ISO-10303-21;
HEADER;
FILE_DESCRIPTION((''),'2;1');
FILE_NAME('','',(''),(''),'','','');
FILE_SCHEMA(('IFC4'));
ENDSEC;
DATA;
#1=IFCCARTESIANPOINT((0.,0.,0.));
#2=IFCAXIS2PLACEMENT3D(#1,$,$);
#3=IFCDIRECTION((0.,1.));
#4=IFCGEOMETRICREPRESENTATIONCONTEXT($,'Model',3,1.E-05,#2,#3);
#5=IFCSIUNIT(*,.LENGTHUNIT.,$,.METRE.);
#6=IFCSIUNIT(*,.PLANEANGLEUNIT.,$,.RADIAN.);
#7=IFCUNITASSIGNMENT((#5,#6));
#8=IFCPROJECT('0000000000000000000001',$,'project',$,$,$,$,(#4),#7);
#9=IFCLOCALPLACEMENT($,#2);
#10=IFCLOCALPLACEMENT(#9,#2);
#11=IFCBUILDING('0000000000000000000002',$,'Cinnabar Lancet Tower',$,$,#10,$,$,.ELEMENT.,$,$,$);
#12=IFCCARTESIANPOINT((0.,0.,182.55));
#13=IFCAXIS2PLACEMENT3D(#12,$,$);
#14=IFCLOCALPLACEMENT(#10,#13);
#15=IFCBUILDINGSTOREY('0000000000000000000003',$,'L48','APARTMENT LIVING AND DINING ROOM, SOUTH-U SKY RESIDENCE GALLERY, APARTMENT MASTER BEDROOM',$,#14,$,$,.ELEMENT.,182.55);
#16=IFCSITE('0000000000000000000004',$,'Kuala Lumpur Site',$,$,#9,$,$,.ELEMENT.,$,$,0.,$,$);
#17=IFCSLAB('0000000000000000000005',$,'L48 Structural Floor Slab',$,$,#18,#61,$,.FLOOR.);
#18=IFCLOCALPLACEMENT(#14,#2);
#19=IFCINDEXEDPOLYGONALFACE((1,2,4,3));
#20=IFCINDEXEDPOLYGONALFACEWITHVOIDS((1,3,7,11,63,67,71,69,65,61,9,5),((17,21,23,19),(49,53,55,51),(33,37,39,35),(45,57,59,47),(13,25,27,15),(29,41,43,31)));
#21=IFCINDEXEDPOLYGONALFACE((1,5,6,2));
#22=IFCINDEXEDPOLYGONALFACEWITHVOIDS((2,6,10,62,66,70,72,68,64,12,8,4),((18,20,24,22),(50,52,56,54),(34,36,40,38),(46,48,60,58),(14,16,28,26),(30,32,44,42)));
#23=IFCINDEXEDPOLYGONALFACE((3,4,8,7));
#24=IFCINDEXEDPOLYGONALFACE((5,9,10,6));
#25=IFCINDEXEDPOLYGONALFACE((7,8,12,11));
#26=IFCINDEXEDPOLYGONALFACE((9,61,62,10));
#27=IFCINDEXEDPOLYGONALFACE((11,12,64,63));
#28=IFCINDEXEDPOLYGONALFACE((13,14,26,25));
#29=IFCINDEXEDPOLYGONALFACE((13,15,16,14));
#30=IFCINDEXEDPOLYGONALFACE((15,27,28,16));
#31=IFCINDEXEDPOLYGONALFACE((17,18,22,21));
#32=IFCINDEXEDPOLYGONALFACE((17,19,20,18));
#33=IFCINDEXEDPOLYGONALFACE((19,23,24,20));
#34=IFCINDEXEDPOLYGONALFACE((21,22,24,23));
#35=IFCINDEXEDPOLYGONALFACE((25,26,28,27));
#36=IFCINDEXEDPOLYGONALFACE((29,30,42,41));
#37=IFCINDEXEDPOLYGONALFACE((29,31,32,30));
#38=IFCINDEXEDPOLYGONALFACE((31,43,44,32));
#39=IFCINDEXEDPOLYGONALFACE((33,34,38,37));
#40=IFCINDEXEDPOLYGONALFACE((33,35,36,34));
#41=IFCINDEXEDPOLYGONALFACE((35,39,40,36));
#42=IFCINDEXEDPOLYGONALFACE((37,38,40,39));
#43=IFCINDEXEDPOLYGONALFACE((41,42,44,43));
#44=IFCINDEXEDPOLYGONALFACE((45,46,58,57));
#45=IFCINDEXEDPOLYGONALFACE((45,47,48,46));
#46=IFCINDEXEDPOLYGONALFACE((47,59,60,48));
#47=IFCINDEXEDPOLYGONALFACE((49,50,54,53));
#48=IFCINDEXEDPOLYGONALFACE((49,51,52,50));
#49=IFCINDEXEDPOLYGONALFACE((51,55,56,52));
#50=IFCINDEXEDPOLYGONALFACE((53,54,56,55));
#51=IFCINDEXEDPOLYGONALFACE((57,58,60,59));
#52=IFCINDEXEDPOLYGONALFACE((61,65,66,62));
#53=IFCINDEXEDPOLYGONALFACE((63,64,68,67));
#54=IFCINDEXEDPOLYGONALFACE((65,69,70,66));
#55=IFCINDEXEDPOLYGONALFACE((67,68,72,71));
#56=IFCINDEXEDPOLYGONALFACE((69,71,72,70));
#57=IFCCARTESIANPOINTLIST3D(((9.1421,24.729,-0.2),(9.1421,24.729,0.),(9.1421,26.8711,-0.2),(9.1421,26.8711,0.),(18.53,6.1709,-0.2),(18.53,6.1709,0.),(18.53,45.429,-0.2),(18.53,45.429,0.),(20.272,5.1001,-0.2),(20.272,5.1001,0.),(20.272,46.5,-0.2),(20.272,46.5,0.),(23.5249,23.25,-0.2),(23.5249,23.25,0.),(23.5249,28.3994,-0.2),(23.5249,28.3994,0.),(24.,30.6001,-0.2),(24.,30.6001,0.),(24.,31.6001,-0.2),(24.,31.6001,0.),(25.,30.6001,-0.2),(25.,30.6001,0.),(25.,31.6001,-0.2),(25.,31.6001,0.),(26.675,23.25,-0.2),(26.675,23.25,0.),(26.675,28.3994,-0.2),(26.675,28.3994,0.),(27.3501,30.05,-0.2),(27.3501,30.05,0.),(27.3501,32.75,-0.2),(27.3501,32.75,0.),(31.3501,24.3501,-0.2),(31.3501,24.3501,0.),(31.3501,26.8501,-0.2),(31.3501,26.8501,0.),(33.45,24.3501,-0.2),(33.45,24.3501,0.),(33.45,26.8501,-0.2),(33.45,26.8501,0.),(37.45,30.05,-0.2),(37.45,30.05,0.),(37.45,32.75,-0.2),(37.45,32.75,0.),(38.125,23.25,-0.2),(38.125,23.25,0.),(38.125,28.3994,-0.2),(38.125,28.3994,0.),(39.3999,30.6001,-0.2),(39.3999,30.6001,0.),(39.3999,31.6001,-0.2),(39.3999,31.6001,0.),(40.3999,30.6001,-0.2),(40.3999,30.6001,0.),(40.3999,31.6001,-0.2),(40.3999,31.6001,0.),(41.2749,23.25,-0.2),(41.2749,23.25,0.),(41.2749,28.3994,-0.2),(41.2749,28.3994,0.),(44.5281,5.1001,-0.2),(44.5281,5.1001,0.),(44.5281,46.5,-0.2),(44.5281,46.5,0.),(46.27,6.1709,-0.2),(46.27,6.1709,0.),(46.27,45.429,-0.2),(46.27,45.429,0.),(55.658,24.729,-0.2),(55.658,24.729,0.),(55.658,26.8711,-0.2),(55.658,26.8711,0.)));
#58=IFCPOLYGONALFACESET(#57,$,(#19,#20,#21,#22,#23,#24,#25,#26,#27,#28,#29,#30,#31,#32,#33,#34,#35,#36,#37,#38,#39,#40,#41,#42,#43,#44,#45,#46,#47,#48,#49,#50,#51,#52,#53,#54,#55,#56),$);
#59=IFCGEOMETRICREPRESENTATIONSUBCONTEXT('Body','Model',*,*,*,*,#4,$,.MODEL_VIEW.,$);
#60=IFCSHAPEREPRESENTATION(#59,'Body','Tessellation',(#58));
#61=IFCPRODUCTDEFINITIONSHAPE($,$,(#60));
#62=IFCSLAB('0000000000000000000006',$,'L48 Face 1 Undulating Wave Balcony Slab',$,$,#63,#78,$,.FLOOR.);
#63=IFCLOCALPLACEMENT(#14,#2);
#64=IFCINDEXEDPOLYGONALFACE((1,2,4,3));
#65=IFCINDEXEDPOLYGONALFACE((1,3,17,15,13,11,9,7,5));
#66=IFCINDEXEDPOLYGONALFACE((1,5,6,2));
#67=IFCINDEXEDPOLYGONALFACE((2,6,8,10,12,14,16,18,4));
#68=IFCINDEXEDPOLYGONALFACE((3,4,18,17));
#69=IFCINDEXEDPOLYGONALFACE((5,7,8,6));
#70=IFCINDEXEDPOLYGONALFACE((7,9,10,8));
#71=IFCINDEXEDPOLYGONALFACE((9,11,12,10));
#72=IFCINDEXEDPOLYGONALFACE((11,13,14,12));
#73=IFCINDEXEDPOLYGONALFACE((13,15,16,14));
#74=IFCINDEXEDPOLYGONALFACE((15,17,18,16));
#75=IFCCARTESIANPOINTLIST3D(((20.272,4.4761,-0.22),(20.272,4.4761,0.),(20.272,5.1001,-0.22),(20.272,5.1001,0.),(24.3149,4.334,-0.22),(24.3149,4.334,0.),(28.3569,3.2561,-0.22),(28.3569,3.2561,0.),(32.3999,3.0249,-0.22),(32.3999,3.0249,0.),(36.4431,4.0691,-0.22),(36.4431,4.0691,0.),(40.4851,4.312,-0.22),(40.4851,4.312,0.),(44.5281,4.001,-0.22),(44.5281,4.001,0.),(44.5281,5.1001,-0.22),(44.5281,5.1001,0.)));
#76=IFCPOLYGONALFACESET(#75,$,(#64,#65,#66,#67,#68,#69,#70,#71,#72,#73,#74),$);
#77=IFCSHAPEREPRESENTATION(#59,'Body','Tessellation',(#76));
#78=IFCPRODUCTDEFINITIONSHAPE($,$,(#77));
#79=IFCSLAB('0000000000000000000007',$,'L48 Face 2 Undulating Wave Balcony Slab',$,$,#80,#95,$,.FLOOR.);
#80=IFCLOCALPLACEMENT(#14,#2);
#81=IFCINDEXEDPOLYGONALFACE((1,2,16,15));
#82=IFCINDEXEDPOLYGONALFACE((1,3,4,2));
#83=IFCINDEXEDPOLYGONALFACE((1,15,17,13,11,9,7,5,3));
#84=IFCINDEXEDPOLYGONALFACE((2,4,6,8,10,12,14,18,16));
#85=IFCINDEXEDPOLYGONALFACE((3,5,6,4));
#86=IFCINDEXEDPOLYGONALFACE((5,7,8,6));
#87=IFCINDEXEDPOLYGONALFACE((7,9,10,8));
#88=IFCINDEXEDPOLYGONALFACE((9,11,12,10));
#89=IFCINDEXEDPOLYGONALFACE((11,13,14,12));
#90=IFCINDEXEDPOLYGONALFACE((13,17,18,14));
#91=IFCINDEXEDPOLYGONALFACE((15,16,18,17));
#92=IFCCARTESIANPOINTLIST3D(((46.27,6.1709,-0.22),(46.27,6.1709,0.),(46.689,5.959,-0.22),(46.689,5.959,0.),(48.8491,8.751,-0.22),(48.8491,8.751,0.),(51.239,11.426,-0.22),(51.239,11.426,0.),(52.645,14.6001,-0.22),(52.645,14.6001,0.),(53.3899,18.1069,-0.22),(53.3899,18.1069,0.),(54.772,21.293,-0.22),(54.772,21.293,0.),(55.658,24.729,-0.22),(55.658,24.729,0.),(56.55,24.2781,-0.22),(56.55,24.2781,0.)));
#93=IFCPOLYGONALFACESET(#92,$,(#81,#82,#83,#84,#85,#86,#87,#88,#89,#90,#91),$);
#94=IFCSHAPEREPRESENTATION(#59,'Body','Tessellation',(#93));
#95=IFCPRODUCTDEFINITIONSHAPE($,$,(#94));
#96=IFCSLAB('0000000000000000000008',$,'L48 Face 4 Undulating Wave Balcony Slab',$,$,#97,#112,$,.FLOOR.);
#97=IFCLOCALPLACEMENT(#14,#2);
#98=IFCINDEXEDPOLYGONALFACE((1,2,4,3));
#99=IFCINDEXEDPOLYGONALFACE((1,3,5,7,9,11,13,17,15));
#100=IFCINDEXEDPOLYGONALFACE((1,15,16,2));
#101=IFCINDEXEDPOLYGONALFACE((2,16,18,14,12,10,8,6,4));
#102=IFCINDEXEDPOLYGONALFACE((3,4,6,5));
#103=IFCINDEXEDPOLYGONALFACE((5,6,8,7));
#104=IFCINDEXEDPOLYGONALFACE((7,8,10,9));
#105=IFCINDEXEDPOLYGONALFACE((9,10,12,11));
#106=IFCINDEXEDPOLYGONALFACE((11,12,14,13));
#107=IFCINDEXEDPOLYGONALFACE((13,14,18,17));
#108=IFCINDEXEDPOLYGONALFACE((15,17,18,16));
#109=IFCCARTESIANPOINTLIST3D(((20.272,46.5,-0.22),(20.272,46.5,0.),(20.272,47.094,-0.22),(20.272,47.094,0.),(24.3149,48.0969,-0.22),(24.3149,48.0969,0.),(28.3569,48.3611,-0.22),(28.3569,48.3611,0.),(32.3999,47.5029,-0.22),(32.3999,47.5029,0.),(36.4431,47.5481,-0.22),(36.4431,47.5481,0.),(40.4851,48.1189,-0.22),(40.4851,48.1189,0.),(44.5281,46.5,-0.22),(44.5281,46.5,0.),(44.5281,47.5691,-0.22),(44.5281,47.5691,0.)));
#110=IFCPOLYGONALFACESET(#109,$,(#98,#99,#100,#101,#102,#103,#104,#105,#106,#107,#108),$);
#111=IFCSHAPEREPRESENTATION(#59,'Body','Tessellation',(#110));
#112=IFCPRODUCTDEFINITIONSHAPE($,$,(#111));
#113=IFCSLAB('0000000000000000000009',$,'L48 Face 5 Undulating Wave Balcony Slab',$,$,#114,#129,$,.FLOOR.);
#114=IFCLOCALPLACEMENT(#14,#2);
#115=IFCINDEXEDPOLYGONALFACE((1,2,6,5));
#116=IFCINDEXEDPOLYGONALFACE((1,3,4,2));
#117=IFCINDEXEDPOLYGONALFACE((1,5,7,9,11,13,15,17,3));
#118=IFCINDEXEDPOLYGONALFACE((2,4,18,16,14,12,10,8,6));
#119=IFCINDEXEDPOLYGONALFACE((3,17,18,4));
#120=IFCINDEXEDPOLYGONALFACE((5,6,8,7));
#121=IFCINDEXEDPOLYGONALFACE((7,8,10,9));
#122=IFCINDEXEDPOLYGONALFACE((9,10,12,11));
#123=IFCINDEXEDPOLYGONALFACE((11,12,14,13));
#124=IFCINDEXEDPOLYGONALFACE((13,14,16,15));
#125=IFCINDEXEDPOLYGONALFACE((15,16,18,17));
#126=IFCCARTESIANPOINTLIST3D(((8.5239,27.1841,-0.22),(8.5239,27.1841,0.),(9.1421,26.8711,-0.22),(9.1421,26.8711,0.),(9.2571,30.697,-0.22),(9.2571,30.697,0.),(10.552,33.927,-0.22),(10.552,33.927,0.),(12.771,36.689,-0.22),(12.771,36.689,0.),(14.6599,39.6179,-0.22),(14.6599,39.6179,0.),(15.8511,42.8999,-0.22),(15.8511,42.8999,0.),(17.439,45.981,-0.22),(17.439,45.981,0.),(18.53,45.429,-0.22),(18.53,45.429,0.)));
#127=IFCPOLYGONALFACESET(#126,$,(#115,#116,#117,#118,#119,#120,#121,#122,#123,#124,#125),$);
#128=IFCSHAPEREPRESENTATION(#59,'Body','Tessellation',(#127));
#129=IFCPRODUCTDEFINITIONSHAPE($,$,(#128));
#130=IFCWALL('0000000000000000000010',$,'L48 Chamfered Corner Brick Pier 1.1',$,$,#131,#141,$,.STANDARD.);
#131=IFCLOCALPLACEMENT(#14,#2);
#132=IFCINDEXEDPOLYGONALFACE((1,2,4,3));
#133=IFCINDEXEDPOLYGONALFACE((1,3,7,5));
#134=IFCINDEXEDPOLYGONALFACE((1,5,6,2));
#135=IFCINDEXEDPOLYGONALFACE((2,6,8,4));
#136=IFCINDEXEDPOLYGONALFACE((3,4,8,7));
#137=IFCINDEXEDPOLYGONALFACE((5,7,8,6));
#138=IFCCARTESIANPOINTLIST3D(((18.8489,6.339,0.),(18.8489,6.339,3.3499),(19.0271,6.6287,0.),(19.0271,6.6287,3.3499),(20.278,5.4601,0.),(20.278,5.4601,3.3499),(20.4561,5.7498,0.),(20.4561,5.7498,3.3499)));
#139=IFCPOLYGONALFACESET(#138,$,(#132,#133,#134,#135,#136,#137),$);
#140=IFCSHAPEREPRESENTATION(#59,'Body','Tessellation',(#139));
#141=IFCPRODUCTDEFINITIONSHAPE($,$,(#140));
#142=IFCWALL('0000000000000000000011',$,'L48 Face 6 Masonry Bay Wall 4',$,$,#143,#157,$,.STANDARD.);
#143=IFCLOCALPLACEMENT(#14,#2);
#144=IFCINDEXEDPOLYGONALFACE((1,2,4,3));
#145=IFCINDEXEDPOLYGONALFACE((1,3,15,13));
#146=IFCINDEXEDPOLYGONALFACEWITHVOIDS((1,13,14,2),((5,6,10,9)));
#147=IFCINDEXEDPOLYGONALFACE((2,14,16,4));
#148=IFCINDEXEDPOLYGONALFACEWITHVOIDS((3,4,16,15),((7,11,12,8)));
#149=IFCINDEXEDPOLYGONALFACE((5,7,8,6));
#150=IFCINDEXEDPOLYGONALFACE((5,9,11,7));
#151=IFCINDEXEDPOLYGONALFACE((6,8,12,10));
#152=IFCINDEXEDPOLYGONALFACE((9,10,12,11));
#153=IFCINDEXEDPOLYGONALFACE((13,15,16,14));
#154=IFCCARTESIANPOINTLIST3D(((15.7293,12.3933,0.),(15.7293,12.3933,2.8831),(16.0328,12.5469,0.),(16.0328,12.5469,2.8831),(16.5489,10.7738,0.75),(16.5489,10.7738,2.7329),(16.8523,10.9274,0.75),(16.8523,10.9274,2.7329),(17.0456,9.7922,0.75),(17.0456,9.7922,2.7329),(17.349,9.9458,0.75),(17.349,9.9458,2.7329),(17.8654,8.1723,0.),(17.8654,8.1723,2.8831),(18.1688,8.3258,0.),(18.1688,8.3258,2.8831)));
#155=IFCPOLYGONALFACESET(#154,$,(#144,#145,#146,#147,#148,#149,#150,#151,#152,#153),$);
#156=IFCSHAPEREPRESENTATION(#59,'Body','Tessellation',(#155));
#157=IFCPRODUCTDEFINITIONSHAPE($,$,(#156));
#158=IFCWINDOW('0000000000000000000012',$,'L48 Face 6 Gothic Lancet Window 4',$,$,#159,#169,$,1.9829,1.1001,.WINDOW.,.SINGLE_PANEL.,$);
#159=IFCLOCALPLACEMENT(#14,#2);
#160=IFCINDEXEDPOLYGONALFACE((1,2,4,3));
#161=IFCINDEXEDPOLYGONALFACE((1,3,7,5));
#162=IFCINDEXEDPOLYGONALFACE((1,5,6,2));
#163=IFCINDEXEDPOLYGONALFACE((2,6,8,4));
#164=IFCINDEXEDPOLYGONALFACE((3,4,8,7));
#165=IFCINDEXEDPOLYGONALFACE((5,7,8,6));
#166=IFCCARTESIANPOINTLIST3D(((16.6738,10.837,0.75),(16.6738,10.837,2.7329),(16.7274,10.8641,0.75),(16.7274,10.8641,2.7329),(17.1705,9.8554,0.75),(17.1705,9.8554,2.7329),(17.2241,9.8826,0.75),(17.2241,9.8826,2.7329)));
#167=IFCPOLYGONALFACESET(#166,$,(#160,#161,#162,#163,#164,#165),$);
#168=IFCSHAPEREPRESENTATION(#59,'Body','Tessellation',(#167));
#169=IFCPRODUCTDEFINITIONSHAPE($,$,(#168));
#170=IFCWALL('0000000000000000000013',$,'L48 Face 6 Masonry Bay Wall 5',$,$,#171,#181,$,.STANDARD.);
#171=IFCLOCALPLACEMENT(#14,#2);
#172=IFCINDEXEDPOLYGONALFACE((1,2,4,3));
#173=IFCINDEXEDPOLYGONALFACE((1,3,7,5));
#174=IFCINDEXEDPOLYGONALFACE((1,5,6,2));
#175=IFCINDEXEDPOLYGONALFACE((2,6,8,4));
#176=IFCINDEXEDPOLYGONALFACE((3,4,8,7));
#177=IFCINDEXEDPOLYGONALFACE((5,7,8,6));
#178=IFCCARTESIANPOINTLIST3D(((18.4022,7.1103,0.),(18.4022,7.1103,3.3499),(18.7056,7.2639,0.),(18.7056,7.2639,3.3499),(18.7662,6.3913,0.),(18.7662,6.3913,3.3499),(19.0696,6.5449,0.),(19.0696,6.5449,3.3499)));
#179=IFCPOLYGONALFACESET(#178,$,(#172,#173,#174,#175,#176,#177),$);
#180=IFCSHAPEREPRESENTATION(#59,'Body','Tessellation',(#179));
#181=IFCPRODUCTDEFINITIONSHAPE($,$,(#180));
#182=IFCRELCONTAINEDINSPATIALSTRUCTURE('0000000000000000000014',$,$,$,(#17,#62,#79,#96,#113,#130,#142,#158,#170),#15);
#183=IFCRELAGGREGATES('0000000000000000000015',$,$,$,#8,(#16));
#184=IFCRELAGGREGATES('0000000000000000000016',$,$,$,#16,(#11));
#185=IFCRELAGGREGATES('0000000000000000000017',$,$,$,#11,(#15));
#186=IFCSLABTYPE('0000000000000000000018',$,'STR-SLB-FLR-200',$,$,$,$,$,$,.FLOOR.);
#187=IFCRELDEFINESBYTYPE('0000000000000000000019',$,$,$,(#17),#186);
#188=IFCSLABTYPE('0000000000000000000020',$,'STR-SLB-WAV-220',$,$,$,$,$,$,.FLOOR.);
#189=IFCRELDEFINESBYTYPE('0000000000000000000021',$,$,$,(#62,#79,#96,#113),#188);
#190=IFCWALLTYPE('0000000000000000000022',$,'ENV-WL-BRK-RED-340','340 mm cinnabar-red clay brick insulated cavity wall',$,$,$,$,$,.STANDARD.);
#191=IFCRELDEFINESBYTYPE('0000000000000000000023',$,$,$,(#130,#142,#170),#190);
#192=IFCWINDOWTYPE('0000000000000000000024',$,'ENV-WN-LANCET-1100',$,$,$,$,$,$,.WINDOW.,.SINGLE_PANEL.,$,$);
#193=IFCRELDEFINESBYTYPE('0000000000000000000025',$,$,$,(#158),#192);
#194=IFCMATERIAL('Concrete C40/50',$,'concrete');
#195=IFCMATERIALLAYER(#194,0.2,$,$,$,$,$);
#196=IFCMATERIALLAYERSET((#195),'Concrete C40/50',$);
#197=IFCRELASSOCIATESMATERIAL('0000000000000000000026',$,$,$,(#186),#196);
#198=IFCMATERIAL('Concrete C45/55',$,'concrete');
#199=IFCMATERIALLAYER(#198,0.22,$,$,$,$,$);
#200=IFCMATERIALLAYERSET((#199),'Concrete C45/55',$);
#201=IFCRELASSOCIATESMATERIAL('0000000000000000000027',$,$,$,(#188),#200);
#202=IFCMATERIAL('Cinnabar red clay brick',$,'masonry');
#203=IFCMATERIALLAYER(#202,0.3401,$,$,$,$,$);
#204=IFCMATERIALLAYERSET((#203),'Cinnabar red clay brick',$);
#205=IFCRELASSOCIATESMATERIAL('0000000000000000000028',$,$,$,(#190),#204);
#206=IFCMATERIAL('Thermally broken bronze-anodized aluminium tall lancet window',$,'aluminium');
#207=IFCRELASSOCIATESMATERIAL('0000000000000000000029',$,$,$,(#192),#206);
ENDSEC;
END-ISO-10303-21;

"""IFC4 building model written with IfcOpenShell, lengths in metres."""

from ifc_helpers import new_model, si_unit, direction, frame, frame_2d, origin, place, context, subcontext, project, spatial, polyline, rectangle, outline, extrude, material, layer, layer_set, type_object, element, fill, save


model = new_model("IFC4")

# Units and contexts
model_context = context("Model", 3, precision=1e-05, world=origin(), true_north=direction((0.0, 1.0)))
body_context = subcontext(model_context, "Body", "Model", "MODEL_VIEW")
ifc_project = project(units=[si_unit("LENGTHUNIT", "METRE"), si_unit("PLANEANGLEUNIT", "RADIAN")], contexts=[model_context])

# Site, building, storey
site_placement = place(None, origin())
site = spatial("IfcSite", under=ifc_project, at=site_placement, Name="Kuala Lumpur Site", CompositionType="ELEMENT", RefElevation=0.0)
building_placement = place(site_placement, origin())
building = spatial("IfcBuilding", under=site, at=building_placement, Name="Cinnabar Lancet Tower", CompositionType="ELEMENT")
storey_placement = place(building_placement, frame((0.0, 0.0, 182.55)))
storey = spatial("IfcBuildingStorey", under=building, at=storey_placement, Name="L48", Description="APARTMENT LIVING AND DINING ROOM, SOUTH-U SKY RESIDENCE GALLERY, APARTMENT MASTER BEDROOM", CompositionType="ELEMENT", Elevation=182.55)

# Slabs
ifc_material_1 = material(Name="Concrete C40/50", Category="concrete")
ifc_layer_1 = layer(ifc_material_1, 0.2)
ifc_layer_set_1 = layer_set([ifc_layer_1], Name="Concrete C40/50")
slab_type_1 = type_object("IfcSlabType", Name="STR-SLB-FLR-200", PredefinedType="FLOOR", material=ifc_layer_set_1)
slab_1_placement = place(storey_placement, frame((0.0, 0.0, -0.2)))
element("IfcSlab", 1, at=slab_1_placement, inside=storey, type_object=slab_type_1, Name="L48 Structural Floor Slab", PredefinedType="FLOOR", context=body_context, shape_type="SweptSolid", body=[
    extrude(outline(polyline([(18.53, 6.1709), (20.272, 5.1001), (44.5281, 5.1001), (46.27, 6.1709), (55.658, 24.729), (55.658, 26.8711), (46.27, 45.429), (44.5281, 46.5), (20.272, 46.5), (18.53, 45.429), (9.1421, 26.8711), (9.1421, 24.729), (18.53, 6.1709)]), holes=[polyline([(23.5249, 23.25), (26.675, 23.25), (26.675, 28.3994), (23.5249, 28.3994), (23.5249, 23.25)]), polyline([(38.125, 23.25), (41.2749, 23.25), (41.2749, 28.3994), (38.125, 28.3994), (38.125, 23.25)]), polyline([(27.3501, 30.05), (37.45, 30.05), (37.45, 32.75), (27.3501, 32.75), (27.3501, 30.05)]), polyline([(31.3501, 24.3501), (33.45, 24.3501), (33.45, 26.8501), (31.3501, 26.8501), (31.3501, 24.3501)]), polyline([(24.0, 30.6001), (25.0, 30.6001), (25.0, 31.6001), (24.0, 31.6001), (24.0, 30.6001)]), polyline([(39.3999, 30.6001), (40.3999, 30.6001), (40.3999, 31.6001), (39.3999, 31.6001), (39.3999, 30.6001)])]), origin(), (0.0, 0.0, 1.0), 0.2),
])
ifc_material_2 = material(Name="Concrete C45/55", Category="concrete")
ifc_layer_2 = layer(ifc_material_2, 0.22)
ifc_layer_set_2 = layer_set([ifc_layer_2], Name="Concrete C45/55")
slab_type_2 = type_object("IfcSlabType", Name="STR-SLB-WAV-220", PredefinedType="FLOOR", material=ifc_layer_set_2)
slab_2_placement = place(storey_placement, frame((0.0, 0.0, -0.22)))
element("IfcSlab", 2, at=slab_2_placement, inside=storey, type_object=slab_type_2, Name="L48 Face 1 Undulating Wave Balcony Slab", PredefinedType="FLOOR", context=body_context, shape_type="SweptSolid", body=[
    extrude(outline(polyline([(20.272, 5.1001), (20.272, 4.4761), (24.3149, 4.334), (28.3569, 3.2561), (32.3999, 3.0249), (36.4431, 4.0691), (40.4851, 4.312), (44.5281, 4.001), (44.5281, 5.1001), (20.272, 5.1001)])), origin(), (0.0, 0.0, 1.0), 0.22),
])
slab_3_placement = place(storey_placement, frame((0.0, 0.0, -0.22)))
element("IfcSlab", 3, at=slab_3_placement, inside=storey, type_object=slab_type_2, Name="L48 Face 2 Undulating Wave Balcony Slab", PredefinedType="FLOOR", context=body_context, shape_type="SweptSolid", body=[
    extrude(outline(polyline([(46.27, 6.1709), (46.689, 5.959), (48.8491, 8.751), (51.239, 11.426), (52.645, 14.6001), (53.3899, 18.1069), (54.772, 21.293), (56.55, 24.2781), (55.658, 24.729), (46.27, 6.1709)])), origin(), (0.0, 0.0, 1.0), 0.22),
])
slab_4_placement = place(storey_placement, frame((0.0, 0.0, -0.22)))
element("IfcSlab", 4, at=slab_4_placement, inside=storey, type_object=slab_type_2, Name="L48 Face 4 Undulating Wave Balcony Slab", PredefinedType="FLOOR", context=body_context, shape_type="SweptSolid", body=[
    extrude(outline(polyline([(44.5281, 46.5), (44.5281, 47.5691), (40.4851, 48.1189), (36.4431, 47.5481), (32.3999, 47.5029), (28.3569, 48.3611), (24.3149, 48.0969), (20.272, 47.094), (20.272, 46.5), (44.5281, 46.5)])), origin(), (0.0, 0.0, 1.0), 0.22),
])
slab_5_placement = place(storey_placement, frame((0.0, 0.0, -0.22)))
element("IfcSlab", 5, at=slab_5_placement, inside=storey, type_object=slab_type_2, Name="L48 Face 5 Undulating Wave Balcony Slab", PredefinedType="FLOOR", context=body_context, shape_type="SweptSolid", body=[
    extrude(outline(polyline([(18.53, 45.429), (17.439, 45.981), (15.8511, 42.8999), (14.6599, 39.6179), (12.771, 36.689), (10.552, 33.927), (9.2571, 30.697), (8.5239, 27.1841), (9.1421, 26.8711), (18.53, 45.429)])), origin(), (0.0, 0.0, 1.0), 0.22),
])

# Wall
ifc_material_3 = material(Name="Cinnabar red clay brick", Category="masonry")
ifc_layer_3 = layer(ifc_material_3, 0.3401)
ifc_layer_set_3 = layer_set([ifc_layer_3], Name="Cinnabar red clay brick")
wall_type = type_object("IfcWallType", Name="ENV-WL-BRK-RED-340", Description="340 mm cinnabar-red clay brick insulated cavity wall", PredefinedType="STANDARD", material=ifc_layer_set_3)
wall_1_placement = place(storey_placement, frame((18.938, 6.4839, 0.0), z_axis=(0.0, 0.0, 1.0), x_axis=(0.851778, -0.523903, 0.0)))
element("IfcWall", 6, at=wall_1_placement, inside=storey, type_object=wall_type, Name="L48 Chamfered Corner Brick Pier 1.1", PredefinedType="STANDARD", context=body_context, shape_type="SweptSolid", body=[
    extrude(rectangle(XDim=1.6777, YDim=0.3401, at=frame_2d((0.8389, 0.0))), origin(), (0.0, 0.0, 1.0), 3.3499),
])

# Wall, opening, window
wall_2_placement = place(storey_placement, frame((15.8811, 12.47, 0.0), z_axis=(0.0, 0.0, 1.0), x_axis=(0.451523, -0.89226, 0.0)))
wall_2 = element("IfcWall", 7, at=wall_2_placement, inside=storey, type_object=wall_type, Name="L48 Face 6 Masonry Bay Wall 4", PredefinedType="STANDARD", context=body_context, shape_type="SweptSolid", body=[
    extrude(rectangle(XDim=4.7307, YDim=0.3401, at=frame_2d((2.3652, 0.0))), origin(), (0.0, 0.0, 1.0), 2.8831),
])
opening_placement = place(wall_2_placement, frame((1.8149, 0.0, 0.75)))
opening = element("IfcOpeningElement", 8, at=opening_placement, cuts=wall_2, PredefinedType="OPENING", context=body_context, shape_type="SweptSolid", body=[
    extrude(rectangle(XDim=1.1001, YDim=1.9829, at=frame_2d((0.55, 0.9915))), frame((0.0, 0.1799, 0.0), z_axis=(0.0, -1.0, 0.0), x_axis=(1.0, 0.0, 0.0)), (0.0, 0.0, 1.0), 0.3601),
])
ifc_material_4 = material(Name="Thermally broken bronze-anodized aluminium tall lancet window", Category="aluminium")
window_type = type_object("IfcWindowType", Name="ENV-WN-LANCET-1100", PartitioningType="SINGLE_PANEL", PredefinedType="WINDOW", material=ifc_material_4)
window_placement = place(opening_placement, origin())
window = element("IfcWindow", 9, at=window_placement, inside=storey, type_object=window_type, Name="L48 Face 6 Gothic Lancet Window 4", OverallHeight=1.9829, OverallWidth=1.1001, PartitioningType="SINGLE_PANEL", PredefinedType="WINDOW", context=body_context, shape_type="SweptSolid", body=[
    extrude(rectangle(XDim=1.1001, YDim=1.9829, at=frame_2d((0.55, 0.9915))), frame((0.0, 0.03, 0.0), z_axis=(0.0, -1.0, 0.0), x_axis=(1.0, 0.0, 0.0)), (0.0, 0.0, 1.0), 0.0601),
])
fill(opening, window)

# Wall
wall_3_placement = place(storey_placement, frame((18.554, 7.187, 0.0), z_axis=(0.0, 0.0, 1.0), x_axis=(0.451692, -0.892174, 0.0)))
element("IfcWall", 10, at=wall_3_placement, inside=storey, type_object=wall_type, Name="L48 Face 6 Masonry Bay Wall 5", PredefinedType="STANDARD", context=body_context, shape_type="SweptSolid", body=[
    extrude(rectangle(XDim=0.8059, YDim=0.3401, at=frame_2d((0.4028, 0.0))), origin(), (0.0, 0.0, 1.0), 3.3499),
])

save(model, "model.ifc")
